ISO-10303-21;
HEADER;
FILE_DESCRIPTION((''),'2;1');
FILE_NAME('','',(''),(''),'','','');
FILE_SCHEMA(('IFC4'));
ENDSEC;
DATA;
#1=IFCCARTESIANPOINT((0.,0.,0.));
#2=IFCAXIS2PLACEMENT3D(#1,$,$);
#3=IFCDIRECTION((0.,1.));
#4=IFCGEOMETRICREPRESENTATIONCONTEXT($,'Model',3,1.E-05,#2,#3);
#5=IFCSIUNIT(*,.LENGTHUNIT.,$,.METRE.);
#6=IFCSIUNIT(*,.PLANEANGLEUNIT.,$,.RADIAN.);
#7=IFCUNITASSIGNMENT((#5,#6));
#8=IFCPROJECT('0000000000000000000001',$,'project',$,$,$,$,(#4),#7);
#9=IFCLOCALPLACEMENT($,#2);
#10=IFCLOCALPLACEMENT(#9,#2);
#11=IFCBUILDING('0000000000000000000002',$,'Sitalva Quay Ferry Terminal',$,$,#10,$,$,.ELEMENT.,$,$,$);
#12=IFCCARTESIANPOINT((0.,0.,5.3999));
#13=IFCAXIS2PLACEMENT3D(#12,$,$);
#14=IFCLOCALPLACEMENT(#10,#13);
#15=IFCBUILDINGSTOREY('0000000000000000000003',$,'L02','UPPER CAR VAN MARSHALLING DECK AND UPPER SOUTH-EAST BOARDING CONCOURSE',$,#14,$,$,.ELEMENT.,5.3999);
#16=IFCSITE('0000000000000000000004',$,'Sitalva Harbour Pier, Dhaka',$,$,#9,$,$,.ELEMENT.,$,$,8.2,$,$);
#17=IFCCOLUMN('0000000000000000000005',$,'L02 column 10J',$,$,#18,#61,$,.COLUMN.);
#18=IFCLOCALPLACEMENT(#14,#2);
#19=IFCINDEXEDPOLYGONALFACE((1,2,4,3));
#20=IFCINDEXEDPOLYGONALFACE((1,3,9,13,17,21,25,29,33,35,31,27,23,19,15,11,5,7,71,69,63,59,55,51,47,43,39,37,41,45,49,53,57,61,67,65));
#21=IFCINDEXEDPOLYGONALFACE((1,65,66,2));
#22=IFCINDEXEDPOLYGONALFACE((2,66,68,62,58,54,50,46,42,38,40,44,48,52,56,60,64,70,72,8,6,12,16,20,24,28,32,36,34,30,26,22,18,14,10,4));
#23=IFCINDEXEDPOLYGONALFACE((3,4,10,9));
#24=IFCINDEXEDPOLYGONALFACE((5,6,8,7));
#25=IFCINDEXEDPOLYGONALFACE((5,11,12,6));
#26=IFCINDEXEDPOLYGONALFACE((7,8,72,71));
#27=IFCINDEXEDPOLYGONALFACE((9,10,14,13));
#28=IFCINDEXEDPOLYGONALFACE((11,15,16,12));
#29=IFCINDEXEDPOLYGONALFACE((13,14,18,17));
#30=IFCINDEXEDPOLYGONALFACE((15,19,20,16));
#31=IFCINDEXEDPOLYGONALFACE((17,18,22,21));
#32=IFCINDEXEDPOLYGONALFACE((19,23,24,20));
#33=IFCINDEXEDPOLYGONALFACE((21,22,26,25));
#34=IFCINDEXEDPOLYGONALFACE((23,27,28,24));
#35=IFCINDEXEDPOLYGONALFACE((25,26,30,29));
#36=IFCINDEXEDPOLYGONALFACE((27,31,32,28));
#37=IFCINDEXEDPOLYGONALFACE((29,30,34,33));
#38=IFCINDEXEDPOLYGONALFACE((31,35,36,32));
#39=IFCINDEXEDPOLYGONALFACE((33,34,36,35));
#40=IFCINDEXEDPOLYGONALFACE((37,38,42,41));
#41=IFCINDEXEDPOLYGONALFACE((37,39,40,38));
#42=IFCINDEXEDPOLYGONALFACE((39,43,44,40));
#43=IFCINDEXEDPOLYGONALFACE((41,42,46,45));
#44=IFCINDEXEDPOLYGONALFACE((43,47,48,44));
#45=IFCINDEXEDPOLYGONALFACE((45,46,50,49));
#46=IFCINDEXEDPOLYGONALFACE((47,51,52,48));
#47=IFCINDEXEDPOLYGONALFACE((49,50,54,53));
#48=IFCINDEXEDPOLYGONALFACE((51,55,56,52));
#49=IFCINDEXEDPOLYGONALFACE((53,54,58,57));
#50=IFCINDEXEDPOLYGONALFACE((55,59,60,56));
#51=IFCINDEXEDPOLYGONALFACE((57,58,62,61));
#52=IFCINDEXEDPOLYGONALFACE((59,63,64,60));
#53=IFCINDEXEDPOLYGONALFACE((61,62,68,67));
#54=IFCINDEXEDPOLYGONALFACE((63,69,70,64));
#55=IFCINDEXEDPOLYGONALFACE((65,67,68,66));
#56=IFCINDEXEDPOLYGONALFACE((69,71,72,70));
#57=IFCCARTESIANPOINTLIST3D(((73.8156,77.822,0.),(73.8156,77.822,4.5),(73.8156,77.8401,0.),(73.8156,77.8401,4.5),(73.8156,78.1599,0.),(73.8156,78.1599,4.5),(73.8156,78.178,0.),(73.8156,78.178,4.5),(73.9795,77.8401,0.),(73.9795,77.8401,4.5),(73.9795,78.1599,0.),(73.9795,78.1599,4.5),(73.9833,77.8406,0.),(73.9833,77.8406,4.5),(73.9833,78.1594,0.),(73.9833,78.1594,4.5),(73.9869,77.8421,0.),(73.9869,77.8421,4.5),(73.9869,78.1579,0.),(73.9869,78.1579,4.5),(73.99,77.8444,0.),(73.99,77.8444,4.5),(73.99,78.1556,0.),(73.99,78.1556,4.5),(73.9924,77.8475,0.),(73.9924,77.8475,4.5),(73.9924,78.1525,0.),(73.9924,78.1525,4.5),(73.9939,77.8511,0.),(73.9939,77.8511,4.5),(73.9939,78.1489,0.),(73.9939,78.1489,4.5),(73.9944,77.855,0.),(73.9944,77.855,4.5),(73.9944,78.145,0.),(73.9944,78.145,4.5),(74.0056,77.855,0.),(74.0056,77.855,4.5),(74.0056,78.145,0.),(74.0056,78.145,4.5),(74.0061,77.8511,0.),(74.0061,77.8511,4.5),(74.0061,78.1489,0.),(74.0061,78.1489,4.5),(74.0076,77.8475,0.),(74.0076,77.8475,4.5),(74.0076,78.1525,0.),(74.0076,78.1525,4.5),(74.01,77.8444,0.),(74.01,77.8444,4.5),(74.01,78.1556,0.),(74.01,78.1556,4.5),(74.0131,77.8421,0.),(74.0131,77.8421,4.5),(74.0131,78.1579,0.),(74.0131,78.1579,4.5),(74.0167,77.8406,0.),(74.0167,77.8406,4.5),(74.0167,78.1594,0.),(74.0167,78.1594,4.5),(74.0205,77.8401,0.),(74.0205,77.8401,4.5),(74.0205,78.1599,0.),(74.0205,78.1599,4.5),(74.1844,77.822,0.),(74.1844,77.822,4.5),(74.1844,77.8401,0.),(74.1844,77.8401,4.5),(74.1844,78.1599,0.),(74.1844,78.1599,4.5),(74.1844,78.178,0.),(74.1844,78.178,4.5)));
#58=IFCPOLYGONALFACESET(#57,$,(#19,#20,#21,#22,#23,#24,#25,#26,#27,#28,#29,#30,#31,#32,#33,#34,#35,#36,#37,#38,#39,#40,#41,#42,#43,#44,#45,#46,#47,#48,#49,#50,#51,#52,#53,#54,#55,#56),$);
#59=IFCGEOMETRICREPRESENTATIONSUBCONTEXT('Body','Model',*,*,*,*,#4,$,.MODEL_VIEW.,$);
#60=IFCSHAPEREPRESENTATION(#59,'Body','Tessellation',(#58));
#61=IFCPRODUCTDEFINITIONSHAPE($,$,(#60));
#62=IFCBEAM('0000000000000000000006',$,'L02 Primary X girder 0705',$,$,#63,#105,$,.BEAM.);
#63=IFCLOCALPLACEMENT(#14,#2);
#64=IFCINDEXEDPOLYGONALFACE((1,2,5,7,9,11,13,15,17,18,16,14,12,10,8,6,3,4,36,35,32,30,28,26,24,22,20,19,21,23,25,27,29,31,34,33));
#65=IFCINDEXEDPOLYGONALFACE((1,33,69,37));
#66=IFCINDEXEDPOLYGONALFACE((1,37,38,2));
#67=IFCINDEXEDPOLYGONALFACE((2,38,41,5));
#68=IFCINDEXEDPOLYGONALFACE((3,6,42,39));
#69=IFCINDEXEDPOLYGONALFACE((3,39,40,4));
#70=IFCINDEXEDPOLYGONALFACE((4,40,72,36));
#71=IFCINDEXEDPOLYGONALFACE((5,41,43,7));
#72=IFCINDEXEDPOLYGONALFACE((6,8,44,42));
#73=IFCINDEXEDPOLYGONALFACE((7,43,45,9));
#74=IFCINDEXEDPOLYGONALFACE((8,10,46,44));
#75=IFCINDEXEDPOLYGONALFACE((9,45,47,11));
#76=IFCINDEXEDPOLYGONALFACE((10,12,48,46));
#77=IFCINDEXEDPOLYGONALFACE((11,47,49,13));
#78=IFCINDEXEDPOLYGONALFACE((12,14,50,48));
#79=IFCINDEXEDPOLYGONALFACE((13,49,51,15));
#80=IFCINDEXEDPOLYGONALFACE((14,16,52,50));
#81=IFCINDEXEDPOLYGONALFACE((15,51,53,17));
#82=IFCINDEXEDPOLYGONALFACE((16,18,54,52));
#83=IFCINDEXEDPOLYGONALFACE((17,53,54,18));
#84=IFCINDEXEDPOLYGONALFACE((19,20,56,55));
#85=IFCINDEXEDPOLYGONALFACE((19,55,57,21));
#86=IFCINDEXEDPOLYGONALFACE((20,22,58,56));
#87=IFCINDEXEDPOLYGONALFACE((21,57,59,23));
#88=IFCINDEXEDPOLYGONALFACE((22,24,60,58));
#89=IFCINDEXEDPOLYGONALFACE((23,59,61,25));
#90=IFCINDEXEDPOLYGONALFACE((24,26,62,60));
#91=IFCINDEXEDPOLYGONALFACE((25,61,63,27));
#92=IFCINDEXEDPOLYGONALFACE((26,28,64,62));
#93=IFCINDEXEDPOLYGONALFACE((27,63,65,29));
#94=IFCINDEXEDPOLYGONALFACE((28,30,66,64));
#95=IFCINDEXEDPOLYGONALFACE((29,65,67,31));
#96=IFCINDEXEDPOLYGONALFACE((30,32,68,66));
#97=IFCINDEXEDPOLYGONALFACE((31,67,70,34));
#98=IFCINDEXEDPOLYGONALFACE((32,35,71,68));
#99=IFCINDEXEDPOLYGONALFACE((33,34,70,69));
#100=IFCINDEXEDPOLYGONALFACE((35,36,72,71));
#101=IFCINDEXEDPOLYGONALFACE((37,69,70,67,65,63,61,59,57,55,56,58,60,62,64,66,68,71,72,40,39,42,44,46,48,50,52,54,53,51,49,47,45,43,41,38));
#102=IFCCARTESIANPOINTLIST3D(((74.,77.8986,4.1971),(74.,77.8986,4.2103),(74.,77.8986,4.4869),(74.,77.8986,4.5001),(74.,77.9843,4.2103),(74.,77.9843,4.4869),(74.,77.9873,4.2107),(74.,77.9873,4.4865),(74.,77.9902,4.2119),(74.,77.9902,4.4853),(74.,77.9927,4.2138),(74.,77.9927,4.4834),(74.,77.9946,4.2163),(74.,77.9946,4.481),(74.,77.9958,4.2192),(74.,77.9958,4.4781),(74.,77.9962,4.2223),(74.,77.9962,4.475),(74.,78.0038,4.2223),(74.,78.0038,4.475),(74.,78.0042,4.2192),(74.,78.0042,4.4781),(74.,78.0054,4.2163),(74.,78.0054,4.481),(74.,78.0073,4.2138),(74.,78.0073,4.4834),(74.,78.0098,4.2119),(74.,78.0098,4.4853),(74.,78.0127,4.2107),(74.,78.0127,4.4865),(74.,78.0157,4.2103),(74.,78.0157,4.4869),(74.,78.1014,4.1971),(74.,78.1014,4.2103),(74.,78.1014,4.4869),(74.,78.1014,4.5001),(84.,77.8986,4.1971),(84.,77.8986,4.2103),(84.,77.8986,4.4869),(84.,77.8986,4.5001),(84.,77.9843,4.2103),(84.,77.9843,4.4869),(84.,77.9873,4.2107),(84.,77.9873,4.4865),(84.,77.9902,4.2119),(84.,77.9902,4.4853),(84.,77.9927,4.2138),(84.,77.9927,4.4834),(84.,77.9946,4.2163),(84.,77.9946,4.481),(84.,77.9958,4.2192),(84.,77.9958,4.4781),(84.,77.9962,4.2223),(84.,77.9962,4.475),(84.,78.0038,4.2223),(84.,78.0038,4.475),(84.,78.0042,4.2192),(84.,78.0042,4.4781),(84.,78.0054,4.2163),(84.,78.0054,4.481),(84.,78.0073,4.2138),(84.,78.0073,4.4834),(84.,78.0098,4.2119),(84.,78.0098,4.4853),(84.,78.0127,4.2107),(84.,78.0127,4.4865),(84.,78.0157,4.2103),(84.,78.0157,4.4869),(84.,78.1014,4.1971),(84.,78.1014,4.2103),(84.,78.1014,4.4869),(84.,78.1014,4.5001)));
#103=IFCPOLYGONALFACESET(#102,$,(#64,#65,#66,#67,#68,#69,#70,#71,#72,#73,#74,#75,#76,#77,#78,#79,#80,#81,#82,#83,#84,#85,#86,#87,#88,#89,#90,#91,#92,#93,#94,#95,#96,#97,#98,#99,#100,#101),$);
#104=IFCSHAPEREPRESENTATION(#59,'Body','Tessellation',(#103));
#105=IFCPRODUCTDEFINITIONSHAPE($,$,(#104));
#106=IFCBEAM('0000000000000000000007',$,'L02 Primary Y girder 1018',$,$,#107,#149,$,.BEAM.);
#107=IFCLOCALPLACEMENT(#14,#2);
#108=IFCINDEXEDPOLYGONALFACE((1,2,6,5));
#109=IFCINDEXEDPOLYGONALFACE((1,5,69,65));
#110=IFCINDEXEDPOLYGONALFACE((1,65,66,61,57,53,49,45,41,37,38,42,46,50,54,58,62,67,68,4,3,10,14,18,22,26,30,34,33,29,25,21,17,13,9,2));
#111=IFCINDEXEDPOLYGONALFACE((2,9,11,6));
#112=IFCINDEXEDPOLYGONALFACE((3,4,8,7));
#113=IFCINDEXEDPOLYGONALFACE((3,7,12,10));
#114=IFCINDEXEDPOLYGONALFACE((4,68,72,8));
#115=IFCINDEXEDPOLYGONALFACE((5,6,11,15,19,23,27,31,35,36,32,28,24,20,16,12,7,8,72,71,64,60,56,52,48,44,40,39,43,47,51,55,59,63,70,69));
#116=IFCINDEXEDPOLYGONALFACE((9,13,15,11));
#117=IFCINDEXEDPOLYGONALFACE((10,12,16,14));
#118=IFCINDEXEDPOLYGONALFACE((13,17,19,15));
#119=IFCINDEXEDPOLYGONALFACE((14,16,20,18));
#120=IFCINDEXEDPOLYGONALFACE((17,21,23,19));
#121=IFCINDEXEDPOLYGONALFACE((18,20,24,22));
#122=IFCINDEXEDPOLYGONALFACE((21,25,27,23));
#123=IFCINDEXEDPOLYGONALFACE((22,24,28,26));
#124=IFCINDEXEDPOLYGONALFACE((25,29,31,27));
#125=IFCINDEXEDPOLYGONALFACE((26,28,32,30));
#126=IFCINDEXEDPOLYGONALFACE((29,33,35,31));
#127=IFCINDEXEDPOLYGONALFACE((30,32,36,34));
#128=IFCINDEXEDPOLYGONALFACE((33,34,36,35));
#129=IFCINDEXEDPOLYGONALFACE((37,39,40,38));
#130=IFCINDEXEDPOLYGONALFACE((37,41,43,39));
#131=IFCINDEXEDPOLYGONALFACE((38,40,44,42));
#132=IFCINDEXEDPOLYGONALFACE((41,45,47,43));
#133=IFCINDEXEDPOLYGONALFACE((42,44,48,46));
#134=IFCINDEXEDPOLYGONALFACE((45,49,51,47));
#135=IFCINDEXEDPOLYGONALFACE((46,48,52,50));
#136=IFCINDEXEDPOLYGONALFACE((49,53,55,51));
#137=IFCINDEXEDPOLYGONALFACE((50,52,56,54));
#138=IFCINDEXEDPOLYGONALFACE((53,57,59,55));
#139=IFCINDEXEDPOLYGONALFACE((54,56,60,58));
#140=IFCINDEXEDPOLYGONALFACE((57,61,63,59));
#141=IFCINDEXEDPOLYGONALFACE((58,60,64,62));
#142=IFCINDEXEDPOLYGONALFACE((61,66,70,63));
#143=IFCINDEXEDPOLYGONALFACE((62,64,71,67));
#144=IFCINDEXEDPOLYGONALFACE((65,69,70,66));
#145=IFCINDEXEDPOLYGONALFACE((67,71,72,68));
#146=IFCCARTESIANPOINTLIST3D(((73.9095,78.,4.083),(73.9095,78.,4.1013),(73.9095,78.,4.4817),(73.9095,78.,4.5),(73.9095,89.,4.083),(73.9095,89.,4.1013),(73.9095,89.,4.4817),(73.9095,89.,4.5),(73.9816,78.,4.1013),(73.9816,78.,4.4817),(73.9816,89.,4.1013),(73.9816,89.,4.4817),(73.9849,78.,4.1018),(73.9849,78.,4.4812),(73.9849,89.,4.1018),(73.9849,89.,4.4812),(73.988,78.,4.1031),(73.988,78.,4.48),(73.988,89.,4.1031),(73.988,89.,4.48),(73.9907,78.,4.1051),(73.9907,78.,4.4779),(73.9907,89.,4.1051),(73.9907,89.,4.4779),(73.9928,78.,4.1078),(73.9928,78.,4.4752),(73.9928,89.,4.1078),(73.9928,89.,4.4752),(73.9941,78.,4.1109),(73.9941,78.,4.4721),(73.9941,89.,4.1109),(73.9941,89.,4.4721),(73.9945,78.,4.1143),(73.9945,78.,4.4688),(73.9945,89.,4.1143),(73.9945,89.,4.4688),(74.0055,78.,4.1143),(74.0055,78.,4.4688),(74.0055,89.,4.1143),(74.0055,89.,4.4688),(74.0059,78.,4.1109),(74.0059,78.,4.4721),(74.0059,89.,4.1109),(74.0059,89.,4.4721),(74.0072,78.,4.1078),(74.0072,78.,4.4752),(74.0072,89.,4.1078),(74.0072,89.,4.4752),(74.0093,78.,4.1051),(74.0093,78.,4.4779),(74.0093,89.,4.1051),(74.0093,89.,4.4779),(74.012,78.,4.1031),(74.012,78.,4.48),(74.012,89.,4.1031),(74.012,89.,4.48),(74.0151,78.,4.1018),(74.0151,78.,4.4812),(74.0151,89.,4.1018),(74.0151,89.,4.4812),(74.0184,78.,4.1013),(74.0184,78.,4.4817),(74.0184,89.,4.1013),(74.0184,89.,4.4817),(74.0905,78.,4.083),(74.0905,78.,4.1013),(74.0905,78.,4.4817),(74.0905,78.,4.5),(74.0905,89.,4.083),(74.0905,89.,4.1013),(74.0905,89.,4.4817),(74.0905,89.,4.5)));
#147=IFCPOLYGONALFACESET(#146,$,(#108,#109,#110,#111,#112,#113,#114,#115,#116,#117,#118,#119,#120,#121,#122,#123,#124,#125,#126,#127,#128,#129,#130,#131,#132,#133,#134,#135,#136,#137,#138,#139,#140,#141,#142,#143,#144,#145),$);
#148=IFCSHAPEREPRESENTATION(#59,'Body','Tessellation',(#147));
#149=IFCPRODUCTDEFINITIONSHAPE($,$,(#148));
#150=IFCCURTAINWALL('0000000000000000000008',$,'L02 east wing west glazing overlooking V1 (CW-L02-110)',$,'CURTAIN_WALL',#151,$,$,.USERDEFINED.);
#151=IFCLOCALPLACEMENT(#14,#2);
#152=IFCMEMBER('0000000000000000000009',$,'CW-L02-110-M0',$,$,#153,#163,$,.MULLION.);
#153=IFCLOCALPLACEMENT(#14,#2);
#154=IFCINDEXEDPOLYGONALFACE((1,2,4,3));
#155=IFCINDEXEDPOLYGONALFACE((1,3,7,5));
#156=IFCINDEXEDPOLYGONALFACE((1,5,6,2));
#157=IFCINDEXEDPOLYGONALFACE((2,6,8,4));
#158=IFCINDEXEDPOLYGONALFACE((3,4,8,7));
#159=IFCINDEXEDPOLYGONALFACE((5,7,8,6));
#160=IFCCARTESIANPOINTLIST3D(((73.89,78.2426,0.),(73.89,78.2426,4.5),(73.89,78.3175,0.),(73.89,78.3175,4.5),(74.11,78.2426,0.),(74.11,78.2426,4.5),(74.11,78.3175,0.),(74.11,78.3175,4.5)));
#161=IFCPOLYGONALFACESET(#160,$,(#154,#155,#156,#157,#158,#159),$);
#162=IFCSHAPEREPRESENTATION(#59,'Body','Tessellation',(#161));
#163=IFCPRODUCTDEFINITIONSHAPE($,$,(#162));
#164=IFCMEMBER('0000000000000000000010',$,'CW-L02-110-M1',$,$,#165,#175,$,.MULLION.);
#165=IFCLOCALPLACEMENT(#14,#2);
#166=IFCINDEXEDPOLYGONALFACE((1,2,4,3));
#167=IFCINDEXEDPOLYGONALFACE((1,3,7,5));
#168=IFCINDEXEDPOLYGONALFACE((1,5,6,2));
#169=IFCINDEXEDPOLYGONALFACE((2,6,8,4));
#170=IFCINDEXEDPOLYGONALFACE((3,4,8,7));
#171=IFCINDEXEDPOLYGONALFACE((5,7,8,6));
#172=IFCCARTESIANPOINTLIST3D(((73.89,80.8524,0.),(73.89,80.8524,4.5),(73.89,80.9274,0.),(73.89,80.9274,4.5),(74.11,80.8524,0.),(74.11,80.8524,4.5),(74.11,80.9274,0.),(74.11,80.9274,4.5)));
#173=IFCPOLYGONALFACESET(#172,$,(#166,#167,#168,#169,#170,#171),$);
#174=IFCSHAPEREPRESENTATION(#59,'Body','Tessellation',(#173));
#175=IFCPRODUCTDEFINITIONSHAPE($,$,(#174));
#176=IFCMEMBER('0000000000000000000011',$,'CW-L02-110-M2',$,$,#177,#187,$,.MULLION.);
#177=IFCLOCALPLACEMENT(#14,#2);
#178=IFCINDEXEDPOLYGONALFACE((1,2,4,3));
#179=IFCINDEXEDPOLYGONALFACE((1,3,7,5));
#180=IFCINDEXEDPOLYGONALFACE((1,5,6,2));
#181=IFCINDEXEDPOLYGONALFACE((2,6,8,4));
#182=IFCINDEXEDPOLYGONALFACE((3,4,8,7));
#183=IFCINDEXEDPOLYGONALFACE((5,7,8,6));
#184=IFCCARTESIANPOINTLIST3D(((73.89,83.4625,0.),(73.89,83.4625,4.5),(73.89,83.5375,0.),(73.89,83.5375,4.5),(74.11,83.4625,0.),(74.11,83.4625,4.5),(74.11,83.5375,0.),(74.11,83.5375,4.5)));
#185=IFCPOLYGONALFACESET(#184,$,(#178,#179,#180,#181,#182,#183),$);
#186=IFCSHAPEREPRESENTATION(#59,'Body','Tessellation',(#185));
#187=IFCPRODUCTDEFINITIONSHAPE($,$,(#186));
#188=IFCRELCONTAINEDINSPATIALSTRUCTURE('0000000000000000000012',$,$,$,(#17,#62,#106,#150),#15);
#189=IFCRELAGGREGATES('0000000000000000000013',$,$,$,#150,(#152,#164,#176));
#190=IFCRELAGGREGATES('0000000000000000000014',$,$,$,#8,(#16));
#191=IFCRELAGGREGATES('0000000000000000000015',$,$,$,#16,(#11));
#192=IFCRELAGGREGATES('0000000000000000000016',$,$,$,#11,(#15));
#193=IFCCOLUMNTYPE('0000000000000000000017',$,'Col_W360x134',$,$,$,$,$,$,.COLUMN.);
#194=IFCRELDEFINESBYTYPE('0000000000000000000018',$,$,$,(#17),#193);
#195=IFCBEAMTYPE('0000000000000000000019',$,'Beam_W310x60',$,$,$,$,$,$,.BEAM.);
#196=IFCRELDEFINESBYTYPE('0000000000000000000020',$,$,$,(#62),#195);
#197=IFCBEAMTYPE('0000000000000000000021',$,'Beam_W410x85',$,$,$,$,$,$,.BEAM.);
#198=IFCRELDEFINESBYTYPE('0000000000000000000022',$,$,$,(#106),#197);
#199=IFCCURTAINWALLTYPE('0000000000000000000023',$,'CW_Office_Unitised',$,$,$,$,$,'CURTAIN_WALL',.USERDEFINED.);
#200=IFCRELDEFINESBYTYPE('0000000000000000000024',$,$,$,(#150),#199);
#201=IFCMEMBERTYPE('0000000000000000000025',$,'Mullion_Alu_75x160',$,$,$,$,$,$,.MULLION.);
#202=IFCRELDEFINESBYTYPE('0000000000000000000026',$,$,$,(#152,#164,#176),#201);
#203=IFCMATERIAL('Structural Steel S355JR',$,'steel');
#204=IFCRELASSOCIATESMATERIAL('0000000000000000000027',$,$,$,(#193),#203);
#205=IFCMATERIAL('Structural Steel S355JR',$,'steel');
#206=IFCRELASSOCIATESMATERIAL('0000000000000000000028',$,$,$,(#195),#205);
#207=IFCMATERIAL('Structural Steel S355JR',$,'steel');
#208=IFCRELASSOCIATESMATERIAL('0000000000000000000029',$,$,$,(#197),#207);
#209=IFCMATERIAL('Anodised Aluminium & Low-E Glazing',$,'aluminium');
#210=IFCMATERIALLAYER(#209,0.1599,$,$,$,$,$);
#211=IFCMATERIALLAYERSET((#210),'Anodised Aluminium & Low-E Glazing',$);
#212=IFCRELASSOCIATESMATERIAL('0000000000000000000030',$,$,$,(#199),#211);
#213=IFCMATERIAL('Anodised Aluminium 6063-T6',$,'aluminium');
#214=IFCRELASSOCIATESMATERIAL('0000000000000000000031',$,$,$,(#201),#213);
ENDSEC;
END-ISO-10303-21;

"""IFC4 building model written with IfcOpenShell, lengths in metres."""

from ifc_helpers import new_model, si_unit, direction, frame, origin, origin_2d, place, context, subcontext, project, spatial, rectangle, i_section, extrude, material, layer, layer_set, material_profile, profile_set, type_object, element, aggregate, save


model = new_model("IFC4")

# Units and contexts
model_context = context("Model", 3, precision=1e-05, world=origin(), true_north=direction((0.0, 1.0)))
body_context = subcontext(model_context, "Body", "Model", "MODEL_VIEW")
ifc_project = project(units=[si_unit("LENGTHUNIT", "METRE"), si_unit("PLANEANGLEUNIT", "RADIAN")], contexts=[model_context])

# Site, building, storey
site_placement = place(None, origin())
site = spatial("IfcSite", under=ifc_project, at=site_placement, Name="Sitalva Harbour Pier, Dhaka", CompositionType="ELEMENT", RefElevation=8.2)
building_placement = place(site_placement, origin())
building = spatial("IfcBuilding", under=site, at=building_placement, Name="Sitalva Quay Ferry Terminal", CompositionType="ELEMENT")
storey_placement = place(building_placement, frame((0.0, 0.0, 5.3999)))
storey = spatial("IfcBuildingStorey", under=building, at=storey_placement, Name="L02", Description="UPPER CAR VAN MARSHALLING DECK AND UPPER SOUTH-EAST BOARDING CONCOURSE", CompositionType="ELEMENT", Elevation=5.3999)

# Column
ifc_material_1 = material(Name="Structural Steel S355JR", Category="steel")
ifc_material_profile_1 = material_profile(ifc_material_1, i_section(OverallWidth=0.3689, OverallDepth=0.356, WebThickness=0.0112, FlangeThickness=0.0181, FilletRadius=0.0149, at=origin_2d()), Name="W360x134")
ifc_profile_set_1 = profile_set([ifc_material_profile_1], Name="Structural Steel S355JR")
column_type = type_object("IfcColumnType", Name="Col_W360x134", PredefinedType="COLUMN", material=ifc_profile_set_1)
column_placement = place(storey_placement, frame((74.0, 78.0, 0.0), z_axis=(0.0, 0.0, 1.0), x_axis=(1.0, 0.0, 0.0)))
element("IfcColumn", 1, at=column_placement, inside=storey, type_object=column_type, Name="L02 column 10J", PredefinedType="COLUMN", context=body_context, shape_type="SweptSolid", body=[
    extrude(i_section(OverallWidth=0.3689, OverallDepth=0.356, WebThickness=0.0112, FlangeThickness=0.0181, FilletRadius=0.0149, at=origin_2d()), origin(), (0.0, 0.0, 1.0), 4.5),
])

# Beams
ifc_material_2 = material(Name="Structural Steel S355JR", Category="steel")
ifc_material_profile_2 = material_profile(ifc_material_2, i_section(OverallWidth=0.2029, OverallDepth=0.303, WebThickness=0.0076, FlangeThickness=0.0132, FilletRadius=0.012, at=origin_2d()), Name="W310x60")
ifc_profile_set_2 = profile_set([ifc_material_profile_2], Name="Structural Steel S355JR")
beam_type_1 = type_object("IfcBeamType", Name="Beam_W310x60", PredefinedType="BEAM", material=ifc_profile_set_2)
beam_1_placement = place(storey_placement, frame((74.0, 78.0, 4.3486), z_axis=(1.0, 0.0, 0.0), x_axis=(0.0, 1.0, 0.0)))
element("IfcBeam", 2, at=beam_1_placement, inside=storey, type_object=beam_type_1, Name="L02 Primary X girder 0705", PredefinedType="BEAM", context=body_context, shape_type="SweptSolid", body=[
    extrude(i_section(OverallWidth=0.2029, OverallDepth=0.303, WebThickness=0.0076, FlangeThickness=0.0132, FilletRadius=0.012, at=origin_2d()), origin(), (0.0, 0.0, 1.0), 10.0),
])
ifc_material_3 = material(Name="Structural Steel S355JR", Category="steel")
ifc_material_profile_3 = material_profile(ifc_material_3, i_section(OverallWidth=0.1809, OverallDepth=0.417, WebThickness=0.011, FlangeThickness=0.0183, FilletRadius=0.0129, at=origin_2d()), Name="W410x85")
ifc_profile_set_3 = profile_set([ifc_material_profile_3], Name="Structural Steel S355JR")
beam_type_2 = type_object("IfcBeamType", Name="Beam_W410x85", PredefinedType="BEAM", material=ifc_profile_set_3)
beam_2_placement = place(storey_placement, frame((74.0, 78.0, 4.2915), z_axis=(0.0, 1.0, 0.0), x_axis=(-1.0, 0.0, 0.0)))
element("IfcBeam", 3, at=beam_2_placement, inside=storey, type_object=beam_type_2, Name="L02 Primary Y girder 1018", PredefinedType="BEAM", context=body_context, shape_type="SweptSolid", body=[
    extrude(i_section(OverallWidth=0.1809, OverallDepth=0.417, WebThickness=0.011, FlangeThickness=0.0183, FilletRadius=0.0129, at=origin_2d()), origin(), (0.0, 0.0, 1.0), 11.0),
])

# Curtain wall, members
ifc_material_4 = material(Name="Anodised Aluminium & Low-E Glazing", Category="aluminium")
ifc_layer_1 = layer(ifc_material_4, 0.1599)
ifc_layer_set_1 = layer_set([ifc_layer_1], Name="Anodised Aluminium & Low-E Glazing")
curtain_wall_type = type_object("IfcCurtainWallType", Name="CW_Office_Unitised", ElementType="CURTAIN_WALL", PredefinedType="USERDEFINED", material=ifc_layer_set_1)
curtain_wall_placement = place(storey_placement, origin())
curtain_wall = element("IfcCurtainWall", 4, at=curtain_wall_placement, inside=storey, type_object=curtain_wall_type, Name="L02 east wing west glazing overlooking V1 (CW-L02-110)", ObjectType="CURTAIN_WALL", PredefinedType="USERDEFINED")
ifc_material_5 = material(Name="Anodised Aluminium 6063-T6", Category="aluminium")
ifc_material_profile_4 = material_profile(ifc_material_5, rectangle(XDim=0.075, YDim=0.22, at=origin_2d()), Name="ALU75x220")
ifc_profile_set_4 = profile_set([ifc_material_profile_4], Name="Anodised Aluminium 6063-T6")
member_type_1 = type_object("IfcMemberType", Name="Mullion_Alu_75x160", PredefinedType="MULLION", material=ifc_profile_set_4)
member_1_placement = place(storey_placement, frame((74.0, 78.28, 0.0), z_axis=(0.0, 0.0, 1.0), x_axis=(0.0, 1.0, 0.0)))
member_1 = element("IfcMember", 5, at=member_1_placement, type_object=member_type_1, Name="CW-L02-110-M0", PredefinedType="MULLION", context=body_context, shape_type="SweptSolid", body=[
    extrude(rectangle(XDim=0.075, YDim=0.22, at=origin_2d()), origin(), (0.0, 0.0, 1.0), 4.5),
])
member_2_placement = place(storey_placement, frame((74.0, 80.8899, 0.0), z_axis=(0.0, 0.0, 1.0), x_axis=(0.0, 1.0, 0.0)))
member_2 = element("IfcMember", 6, at=member_2_placement, type_object=member_type_1, Name="CW-L02-110-M1", PredefinedType="MULLION", context=body_context, shape_type="SweptSolid", body=[
    extrude(rectangle(XDim=0.075, YDim=0.22, at=origin_2d()), origin(), (0.0, 0.0, 1.0), 4.5),
])
member_3_placement = place(storey_placement, frame((74.0, 83.5, 0.0), z_axis=(0.0, 0.0, 1.0), x_axis=(0.0, 1.0, 0.0)))
member_3 = element("IfcMember", 7, at=member_3_placement, type_object=member_type_1, Name="CW-L02-110-M2", PredefinedType="MULLION", context=body_context, shape_type="SweptSolid", body=[
    extrude(rectangle(XDim=0.075, YDim=0.22, at=origin_2d()), origin(), (0.0, 0.0, 1.0), 4.5),
])
aggregate(curtain_wall, [member_1, member_2, member_3])

save(model, "model.ifc")
